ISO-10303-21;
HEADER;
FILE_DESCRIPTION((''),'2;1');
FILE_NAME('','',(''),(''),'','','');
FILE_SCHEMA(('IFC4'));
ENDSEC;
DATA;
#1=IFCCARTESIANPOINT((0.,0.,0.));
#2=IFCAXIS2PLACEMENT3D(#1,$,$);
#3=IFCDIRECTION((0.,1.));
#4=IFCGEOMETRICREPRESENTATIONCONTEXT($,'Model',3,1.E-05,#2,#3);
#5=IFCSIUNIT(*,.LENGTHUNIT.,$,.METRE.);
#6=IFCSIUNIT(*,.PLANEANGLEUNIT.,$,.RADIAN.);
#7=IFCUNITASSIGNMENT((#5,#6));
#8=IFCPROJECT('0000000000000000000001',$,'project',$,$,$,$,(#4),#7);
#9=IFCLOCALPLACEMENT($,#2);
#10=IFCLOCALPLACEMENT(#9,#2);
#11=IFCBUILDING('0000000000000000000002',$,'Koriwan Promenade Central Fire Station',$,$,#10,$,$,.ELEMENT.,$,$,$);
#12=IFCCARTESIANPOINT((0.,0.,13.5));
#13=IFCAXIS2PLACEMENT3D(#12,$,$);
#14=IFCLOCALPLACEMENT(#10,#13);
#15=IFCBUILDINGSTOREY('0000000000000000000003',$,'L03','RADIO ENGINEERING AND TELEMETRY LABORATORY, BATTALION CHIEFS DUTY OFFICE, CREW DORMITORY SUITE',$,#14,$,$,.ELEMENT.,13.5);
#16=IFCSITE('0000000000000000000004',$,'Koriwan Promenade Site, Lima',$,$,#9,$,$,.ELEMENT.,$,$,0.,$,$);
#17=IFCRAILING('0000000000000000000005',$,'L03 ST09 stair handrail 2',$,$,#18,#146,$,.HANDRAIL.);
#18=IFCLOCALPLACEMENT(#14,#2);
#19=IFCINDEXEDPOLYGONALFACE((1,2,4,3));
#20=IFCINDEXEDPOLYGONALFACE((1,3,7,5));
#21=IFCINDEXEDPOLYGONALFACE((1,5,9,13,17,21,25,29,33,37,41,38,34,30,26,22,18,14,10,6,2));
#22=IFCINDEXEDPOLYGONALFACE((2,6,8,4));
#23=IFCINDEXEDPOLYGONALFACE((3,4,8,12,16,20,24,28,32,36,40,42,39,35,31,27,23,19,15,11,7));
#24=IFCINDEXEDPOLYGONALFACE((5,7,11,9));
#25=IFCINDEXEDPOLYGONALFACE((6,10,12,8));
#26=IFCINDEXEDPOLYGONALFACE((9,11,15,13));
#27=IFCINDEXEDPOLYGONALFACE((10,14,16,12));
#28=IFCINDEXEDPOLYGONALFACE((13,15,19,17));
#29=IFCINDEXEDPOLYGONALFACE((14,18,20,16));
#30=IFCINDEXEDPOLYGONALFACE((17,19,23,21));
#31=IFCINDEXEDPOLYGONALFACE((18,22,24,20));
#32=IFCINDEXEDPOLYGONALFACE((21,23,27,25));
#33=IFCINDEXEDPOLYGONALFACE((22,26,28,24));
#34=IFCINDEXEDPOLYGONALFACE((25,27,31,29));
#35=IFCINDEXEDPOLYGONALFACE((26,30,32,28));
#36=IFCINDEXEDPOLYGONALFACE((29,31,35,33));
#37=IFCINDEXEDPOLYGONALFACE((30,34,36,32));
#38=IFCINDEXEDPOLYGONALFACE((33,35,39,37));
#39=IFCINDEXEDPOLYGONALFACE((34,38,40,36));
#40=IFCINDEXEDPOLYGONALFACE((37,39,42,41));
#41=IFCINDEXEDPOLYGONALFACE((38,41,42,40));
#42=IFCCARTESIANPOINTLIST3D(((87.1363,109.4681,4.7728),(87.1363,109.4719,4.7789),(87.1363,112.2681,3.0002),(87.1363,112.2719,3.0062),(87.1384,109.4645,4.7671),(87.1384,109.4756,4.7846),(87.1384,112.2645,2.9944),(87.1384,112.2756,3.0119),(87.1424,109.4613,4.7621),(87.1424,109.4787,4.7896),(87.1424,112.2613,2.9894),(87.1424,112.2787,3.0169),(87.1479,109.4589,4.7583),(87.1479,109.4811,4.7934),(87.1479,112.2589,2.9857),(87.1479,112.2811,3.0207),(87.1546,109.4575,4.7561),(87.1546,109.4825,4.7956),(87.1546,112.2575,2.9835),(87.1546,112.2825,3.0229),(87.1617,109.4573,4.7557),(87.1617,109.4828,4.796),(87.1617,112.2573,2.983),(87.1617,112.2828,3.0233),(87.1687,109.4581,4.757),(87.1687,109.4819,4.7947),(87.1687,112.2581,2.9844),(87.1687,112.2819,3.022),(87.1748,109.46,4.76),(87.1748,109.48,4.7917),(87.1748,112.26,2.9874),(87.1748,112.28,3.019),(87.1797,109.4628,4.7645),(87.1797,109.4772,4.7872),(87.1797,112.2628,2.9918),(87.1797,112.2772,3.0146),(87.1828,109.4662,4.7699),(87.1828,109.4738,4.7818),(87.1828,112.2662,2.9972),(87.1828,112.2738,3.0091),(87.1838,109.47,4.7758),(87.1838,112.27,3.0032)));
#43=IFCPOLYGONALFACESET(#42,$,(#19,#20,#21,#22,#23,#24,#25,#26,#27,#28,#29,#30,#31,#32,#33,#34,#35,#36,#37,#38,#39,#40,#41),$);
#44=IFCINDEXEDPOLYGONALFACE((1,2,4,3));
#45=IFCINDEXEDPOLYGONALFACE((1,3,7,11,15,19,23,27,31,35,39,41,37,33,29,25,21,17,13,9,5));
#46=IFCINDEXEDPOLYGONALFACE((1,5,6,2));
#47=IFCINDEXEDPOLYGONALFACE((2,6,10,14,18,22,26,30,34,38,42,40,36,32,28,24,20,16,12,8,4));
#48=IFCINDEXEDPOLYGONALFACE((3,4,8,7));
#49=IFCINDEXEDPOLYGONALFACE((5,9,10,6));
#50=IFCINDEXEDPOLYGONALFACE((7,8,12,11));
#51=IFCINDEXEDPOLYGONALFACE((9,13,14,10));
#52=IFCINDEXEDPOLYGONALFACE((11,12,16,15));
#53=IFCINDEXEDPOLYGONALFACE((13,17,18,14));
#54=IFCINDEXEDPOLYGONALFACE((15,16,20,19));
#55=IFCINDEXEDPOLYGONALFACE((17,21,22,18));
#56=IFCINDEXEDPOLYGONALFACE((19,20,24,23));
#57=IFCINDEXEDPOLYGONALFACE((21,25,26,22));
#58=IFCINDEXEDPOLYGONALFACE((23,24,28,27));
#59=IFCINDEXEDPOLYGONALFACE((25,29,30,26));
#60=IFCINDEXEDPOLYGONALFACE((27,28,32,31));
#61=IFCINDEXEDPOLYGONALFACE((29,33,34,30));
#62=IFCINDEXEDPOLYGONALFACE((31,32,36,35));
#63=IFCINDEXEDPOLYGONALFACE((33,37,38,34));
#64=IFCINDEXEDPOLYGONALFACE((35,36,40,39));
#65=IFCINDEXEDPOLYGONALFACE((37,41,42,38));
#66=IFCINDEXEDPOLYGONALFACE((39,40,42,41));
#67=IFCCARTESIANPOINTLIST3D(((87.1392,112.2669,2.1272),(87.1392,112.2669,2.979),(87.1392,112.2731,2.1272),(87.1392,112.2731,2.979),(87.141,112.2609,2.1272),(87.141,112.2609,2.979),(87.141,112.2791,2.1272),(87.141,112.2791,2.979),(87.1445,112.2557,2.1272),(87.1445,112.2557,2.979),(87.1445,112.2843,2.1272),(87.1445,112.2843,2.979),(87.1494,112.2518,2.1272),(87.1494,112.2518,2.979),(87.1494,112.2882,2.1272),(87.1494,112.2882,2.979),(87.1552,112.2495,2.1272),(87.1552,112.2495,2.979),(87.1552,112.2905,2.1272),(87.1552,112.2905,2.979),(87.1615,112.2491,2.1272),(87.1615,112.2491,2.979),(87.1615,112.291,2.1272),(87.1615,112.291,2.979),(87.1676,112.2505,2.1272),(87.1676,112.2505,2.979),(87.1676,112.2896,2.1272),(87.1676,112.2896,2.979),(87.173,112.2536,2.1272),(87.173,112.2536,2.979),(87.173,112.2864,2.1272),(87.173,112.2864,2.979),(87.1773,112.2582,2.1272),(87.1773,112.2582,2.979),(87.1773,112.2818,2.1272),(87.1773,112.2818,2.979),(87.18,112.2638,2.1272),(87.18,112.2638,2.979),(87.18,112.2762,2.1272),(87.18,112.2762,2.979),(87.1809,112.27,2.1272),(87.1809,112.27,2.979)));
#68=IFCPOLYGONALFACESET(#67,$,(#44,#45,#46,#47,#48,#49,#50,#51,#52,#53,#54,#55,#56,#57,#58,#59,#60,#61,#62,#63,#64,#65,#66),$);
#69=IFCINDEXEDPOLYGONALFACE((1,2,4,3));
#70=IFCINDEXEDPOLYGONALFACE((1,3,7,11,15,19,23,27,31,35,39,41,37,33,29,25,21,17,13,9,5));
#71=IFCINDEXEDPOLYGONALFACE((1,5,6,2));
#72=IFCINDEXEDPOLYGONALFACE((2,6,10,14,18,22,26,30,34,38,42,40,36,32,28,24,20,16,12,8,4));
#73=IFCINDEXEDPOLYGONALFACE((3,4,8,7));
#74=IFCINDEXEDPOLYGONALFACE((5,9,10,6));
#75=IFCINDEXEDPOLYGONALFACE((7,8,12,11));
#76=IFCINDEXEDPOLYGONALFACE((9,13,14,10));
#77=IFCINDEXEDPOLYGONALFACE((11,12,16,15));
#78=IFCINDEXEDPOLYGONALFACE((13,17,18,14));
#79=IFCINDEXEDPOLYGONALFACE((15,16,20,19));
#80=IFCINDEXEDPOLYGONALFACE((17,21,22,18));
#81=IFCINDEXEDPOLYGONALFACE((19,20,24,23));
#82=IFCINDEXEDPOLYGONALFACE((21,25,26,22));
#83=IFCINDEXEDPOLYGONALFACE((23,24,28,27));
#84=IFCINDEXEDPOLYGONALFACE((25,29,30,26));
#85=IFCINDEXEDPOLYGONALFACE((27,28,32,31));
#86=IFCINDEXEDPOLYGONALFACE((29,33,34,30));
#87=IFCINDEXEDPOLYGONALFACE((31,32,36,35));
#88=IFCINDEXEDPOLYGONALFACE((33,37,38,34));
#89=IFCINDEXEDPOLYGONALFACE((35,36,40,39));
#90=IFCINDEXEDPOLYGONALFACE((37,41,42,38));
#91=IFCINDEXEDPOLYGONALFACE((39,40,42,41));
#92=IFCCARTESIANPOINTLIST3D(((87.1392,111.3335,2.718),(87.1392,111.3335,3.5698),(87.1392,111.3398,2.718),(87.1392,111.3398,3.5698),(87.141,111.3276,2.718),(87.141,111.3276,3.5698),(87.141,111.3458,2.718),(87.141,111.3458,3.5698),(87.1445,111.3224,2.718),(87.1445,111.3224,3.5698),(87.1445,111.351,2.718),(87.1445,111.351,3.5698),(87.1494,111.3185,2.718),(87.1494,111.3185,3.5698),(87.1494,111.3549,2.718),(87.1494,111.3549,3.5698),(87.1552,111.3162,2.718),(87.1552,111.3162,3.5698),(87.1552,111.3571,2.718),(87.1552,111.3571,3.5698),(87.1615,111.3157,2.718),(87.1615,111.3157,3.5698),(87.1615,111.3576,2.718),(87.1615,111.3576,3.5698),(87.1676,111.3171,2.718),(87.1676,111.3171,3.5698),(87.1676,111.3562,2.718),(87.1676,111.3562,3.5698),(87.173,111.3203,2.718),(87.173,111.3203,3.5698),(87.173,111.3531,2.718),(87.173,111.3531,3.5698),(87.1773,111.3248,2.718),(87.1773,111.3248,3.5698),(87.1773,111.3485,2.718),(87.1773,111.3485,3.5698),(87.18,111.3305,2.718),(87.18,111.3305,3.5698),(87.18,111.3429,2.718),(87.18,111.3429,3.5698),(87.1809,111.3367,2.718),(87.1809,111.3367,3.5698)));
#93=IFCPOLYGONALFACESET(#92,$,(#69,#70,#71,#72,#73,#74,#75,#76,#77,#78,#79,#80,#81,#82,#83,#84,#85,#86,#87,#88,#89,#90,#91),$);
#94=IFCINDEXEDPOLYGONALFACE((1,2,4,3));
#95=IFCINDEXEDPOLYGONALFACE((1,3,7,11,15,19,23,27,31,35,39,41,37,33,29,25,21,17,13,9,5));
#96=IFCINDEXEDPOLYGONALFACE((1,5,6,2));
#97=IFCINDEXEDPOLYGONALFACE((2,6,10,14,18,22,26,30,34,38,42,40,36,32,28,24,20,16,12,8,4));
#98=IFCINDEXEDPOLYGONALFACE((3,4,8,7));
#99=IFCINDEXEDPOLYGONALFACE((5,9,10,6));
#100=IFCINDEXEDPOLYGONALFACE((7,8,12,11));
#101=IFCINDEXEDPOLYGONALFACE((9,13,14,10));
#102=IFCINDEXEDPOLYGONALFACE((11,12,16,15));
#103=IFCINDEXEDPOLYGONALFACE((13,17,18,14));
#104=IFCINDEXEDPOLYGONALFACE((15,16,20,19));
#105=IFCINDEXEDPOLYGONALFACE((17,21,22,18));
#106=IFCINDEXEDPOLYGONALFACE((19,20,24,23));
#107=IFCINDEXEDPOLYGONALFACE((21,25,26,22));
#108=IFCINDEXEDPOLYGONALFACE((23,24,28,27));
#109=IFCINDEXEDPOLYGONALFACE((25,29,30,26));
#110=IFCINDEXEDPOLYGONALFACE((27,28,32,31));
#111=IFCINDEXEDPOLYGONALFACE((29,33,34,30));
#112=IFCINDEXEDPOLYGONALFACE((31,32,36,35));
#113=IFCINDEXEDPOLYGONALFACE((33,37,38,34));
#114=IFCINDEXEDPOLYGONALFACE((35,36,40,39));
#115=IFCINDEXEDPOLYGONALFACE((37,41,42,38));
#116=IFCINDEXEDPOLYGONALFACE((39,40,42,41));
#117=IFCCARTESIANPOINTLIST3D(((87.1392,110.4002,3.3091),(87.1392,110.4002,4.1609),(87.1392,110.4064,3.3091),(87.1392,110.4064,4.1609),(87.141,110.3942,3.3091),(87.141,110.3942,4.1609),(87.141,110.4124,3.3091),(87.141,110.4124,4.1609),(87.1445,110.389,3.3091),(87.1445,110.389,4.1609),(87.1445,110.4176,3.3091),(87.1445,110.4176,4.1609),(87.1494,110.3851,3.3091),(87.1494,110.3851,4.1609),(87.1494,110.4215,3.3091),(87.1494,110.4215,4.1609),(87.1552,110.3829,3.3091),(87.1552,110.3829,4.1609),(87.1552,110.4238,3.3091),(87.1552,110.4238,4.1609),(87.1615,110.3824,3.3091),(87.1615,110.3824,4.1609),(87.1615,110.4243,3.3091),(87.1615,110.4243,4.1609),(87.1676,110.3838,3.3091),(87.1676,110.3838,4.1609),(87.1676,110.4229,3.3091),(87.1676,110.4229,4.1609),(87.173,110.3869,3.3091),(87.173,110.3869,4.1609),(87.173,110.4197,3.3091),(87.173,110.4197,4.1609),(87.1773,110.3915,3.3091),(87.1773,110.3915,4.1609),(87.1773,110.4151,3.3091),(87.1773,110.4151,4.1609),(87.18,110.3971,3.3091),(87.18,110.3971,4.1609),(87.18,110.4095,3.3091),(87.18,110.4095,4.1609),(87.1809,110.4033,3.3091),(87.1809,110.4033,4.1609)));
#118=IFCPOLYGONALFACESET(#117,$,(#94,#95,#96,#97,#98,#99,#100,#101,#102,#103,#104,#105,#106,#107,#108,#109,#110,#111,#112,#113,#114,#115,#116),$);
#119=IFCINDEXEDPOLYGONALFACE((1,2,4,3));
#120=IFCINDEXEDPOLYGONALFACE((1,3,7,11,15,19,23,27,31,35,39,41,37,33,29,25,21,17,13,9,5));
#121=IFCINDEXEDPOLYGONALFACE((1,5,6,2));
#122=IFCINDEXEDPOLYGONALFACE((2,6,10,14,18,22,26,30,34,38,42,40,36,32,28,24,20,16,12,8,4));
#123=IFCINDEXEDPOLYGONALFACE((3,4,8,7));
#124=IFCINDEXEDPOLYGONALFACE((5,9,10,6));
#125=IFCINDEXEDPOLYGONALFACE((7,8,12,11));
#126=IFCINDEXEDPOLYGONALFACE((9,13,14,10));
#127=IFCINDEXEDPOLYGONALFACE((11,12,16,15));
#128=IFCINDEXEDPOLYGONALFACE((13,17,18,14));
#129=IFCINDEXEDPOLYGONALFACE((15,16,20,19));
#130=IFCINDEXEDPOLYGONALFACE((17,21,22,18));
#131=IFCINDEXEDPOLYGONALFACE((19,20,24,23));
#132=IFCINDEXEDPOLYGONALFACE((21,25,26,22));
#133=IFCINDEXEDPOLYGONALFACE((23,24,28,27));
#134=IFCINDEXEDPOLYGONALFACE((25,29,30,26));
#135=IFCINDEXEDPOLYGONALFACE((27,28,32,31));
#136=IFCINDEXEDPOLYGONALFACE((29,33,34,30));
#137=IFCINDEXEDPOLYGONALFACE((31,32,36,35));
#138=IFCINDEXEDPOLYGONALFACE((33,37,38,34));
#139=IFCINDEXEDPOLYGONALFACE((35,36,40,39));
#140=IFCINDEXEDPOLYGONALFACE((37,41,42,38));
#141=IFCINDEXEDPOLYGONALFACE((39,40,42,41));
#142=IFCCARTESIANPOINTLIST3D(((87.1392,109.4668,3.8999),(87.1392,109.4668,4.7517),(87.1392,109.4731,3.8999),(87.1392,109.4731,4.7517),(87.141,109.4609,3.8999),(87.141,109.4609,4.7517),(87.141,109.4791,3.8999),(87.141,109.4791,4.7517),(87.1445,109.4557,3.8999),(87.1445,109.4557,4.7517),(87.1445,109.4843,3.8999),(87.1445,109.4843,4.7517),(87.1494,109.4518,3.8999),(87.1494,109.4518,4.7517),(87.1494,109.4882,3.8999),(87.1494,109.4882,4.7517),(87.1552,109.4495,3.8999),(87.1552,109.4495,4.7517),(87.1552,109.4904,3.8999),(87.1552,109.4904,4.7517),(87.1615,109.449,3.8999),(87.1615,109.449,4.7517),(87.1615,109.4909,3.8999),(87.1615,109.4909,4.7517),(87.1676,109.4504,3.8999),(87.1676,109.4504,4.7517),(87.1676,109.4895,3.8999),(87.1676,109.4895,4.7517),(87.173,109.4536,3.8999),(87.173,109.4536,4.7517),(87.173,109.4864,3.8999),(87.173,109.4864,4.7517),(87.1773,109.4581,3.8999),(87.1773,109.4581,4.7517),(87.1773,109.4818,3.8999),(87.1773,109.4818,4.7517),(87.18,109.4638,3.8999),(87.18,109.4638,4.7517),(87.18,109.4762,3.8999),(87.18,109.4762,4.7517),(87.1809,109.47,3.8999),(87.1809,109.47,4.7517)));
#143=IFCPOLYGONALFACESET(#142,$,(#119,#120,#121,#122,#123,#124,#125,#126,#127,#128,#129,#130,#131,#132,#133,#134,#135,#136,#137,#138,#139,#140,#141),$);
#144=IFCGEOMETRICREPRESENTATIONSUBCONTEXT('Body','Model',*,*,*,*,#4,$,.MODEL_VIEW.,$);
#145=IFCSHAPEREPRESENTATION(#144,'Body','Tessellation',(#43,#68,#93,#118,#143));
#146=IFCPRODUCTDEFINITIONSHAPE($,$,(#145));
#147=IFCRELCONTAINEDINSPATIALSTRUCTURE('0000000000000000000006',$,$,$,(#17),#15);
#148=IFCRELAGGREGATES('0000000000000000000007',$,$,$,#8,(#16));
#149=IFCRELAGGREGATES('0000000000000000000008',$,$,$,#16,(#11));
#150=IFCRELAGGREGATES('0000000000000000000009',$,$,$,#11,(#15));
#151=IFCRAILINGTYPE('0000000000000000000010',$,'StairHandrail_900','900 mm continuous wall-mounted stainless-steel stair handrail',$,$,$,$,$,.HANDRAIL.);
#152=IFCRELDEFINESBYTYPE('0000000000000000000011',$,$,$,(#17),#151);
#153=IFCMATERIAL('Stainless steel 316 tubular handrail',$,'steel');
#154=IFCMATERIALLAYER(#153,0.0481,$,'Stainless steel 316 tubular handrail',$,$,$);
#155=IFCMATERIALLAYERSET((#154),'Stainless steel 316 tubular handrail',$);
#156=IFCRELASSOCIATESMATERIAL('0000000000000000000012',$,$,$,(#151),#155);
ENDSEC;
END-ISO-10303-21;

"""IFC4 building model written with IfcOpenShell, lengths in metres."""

from ifc_helpers import new_model, si_unit, direction, frame, origin, origin_2d, place, context, subcontext, project, spatial, circle, extrude, material, layer, layer_set, type_object, element, save


model = new_model("IFC4")

# Units and contexts
model_context = context("Model", 3, precision=1e-05, world=origin(), true_north=direction((0.0, 1.0)))
body_context = subcontext(model_context, "Body", "Model", "MODEL_VIEW")
ifc_project = project(units=[si_unit("LENGTHUNIT", "METRE"), si_unit("PLANEANGLEUNIT", "RADIAN")], contexts=[model_context])

# Site, building, storey
site_placement = place(None, origin())
site = spatial("IfcSite", under=ifc_project, at=site_placement, Name="Koriwan Promenade Site, Lima", CompositionType="ELEMENT", RefElevation=0.0)
building_placement = place(site_placement, origin())
building = spatial("IfcBuilding", under=site, at=building_placement, Name="Koriwan Promenade Central Fire Station", CompositionType="ELEMENT")
storey_placement = place(building_placement, frame((0.0, 0.0, 13.5)))
storey = spatial("IfcBuildingStorey", under=building, at=storey_placement, Name="L03", Description="RADIO ENGINEERING AND TELEMETRY LABORATORY, BATTALION CHIEFS DUTY OFFICE, CREW DORMITORY SUITE", CompositionType="ELEMENT", Elevation=13.5)

# Railing
ifc_material_1 = material(Name="Stainless steel 316 tubular handrail", Category="steel")
ifc_layer_1 = layer(ifc_material_1, 0.0481, Name="Stainless steel 316 tubular handrail")
ifc_layer_set_1 = layer_set([ifc_layer_1], Name="Stainless steel 316 tubular handrail")
railing_type_1 = type_object("IfcRailingType", Name="StairHandrail_900", Description="900 mm continuous wall-mounted stainless-steel stair handrail", PredefinedType="HANDRAIL", material=ifc_layer_set_1)
railing_1_placement = place(storey_placement, frame((87.1599, 112.27, 2.1272)))
element("IfcRailing", 1, at=railing_1_placement, inside=storey, type_object=railing_type_1, Name="L03 ST09 stair handrail 2", PredefinedType="HANDRAIL", context=body_context, shape_type="SweptSolid", body=[
    extrude(circle(Radius=0.0239, at=origin_2d()), frame((0.0, 0.0, 0.876), z_axis=(0.0, -0.844909, 0.53491), x_axis=(1.0, 0.0, 0.0)), (0.0, 0.0, 1.0), 3.314),
    extrude(circle(Radius=0.021, at=origin_2d()), origin(), (0.0, 0.0, 1.0), 0.8518),
    extrude(circle(Radius=0.021, at=origin_2d()), frame((0.0, -0.9333, 0.5908)), (0.0, 0.0, 1.0), 0.8518),
    extrude(circle(Radius=0.021, at=origin_2d()), frame((0.0, -1.8667, 1.1819)), (0.0, 0.0, 1.0), 0.8518),
    extrude(circle(Radius=0.021, at=origin_2d()), frame((0.0, -2.8, 1.7727)), (0.0, 0.0, 1.0), 0.8518),
])

save(model, "model.ifc")
